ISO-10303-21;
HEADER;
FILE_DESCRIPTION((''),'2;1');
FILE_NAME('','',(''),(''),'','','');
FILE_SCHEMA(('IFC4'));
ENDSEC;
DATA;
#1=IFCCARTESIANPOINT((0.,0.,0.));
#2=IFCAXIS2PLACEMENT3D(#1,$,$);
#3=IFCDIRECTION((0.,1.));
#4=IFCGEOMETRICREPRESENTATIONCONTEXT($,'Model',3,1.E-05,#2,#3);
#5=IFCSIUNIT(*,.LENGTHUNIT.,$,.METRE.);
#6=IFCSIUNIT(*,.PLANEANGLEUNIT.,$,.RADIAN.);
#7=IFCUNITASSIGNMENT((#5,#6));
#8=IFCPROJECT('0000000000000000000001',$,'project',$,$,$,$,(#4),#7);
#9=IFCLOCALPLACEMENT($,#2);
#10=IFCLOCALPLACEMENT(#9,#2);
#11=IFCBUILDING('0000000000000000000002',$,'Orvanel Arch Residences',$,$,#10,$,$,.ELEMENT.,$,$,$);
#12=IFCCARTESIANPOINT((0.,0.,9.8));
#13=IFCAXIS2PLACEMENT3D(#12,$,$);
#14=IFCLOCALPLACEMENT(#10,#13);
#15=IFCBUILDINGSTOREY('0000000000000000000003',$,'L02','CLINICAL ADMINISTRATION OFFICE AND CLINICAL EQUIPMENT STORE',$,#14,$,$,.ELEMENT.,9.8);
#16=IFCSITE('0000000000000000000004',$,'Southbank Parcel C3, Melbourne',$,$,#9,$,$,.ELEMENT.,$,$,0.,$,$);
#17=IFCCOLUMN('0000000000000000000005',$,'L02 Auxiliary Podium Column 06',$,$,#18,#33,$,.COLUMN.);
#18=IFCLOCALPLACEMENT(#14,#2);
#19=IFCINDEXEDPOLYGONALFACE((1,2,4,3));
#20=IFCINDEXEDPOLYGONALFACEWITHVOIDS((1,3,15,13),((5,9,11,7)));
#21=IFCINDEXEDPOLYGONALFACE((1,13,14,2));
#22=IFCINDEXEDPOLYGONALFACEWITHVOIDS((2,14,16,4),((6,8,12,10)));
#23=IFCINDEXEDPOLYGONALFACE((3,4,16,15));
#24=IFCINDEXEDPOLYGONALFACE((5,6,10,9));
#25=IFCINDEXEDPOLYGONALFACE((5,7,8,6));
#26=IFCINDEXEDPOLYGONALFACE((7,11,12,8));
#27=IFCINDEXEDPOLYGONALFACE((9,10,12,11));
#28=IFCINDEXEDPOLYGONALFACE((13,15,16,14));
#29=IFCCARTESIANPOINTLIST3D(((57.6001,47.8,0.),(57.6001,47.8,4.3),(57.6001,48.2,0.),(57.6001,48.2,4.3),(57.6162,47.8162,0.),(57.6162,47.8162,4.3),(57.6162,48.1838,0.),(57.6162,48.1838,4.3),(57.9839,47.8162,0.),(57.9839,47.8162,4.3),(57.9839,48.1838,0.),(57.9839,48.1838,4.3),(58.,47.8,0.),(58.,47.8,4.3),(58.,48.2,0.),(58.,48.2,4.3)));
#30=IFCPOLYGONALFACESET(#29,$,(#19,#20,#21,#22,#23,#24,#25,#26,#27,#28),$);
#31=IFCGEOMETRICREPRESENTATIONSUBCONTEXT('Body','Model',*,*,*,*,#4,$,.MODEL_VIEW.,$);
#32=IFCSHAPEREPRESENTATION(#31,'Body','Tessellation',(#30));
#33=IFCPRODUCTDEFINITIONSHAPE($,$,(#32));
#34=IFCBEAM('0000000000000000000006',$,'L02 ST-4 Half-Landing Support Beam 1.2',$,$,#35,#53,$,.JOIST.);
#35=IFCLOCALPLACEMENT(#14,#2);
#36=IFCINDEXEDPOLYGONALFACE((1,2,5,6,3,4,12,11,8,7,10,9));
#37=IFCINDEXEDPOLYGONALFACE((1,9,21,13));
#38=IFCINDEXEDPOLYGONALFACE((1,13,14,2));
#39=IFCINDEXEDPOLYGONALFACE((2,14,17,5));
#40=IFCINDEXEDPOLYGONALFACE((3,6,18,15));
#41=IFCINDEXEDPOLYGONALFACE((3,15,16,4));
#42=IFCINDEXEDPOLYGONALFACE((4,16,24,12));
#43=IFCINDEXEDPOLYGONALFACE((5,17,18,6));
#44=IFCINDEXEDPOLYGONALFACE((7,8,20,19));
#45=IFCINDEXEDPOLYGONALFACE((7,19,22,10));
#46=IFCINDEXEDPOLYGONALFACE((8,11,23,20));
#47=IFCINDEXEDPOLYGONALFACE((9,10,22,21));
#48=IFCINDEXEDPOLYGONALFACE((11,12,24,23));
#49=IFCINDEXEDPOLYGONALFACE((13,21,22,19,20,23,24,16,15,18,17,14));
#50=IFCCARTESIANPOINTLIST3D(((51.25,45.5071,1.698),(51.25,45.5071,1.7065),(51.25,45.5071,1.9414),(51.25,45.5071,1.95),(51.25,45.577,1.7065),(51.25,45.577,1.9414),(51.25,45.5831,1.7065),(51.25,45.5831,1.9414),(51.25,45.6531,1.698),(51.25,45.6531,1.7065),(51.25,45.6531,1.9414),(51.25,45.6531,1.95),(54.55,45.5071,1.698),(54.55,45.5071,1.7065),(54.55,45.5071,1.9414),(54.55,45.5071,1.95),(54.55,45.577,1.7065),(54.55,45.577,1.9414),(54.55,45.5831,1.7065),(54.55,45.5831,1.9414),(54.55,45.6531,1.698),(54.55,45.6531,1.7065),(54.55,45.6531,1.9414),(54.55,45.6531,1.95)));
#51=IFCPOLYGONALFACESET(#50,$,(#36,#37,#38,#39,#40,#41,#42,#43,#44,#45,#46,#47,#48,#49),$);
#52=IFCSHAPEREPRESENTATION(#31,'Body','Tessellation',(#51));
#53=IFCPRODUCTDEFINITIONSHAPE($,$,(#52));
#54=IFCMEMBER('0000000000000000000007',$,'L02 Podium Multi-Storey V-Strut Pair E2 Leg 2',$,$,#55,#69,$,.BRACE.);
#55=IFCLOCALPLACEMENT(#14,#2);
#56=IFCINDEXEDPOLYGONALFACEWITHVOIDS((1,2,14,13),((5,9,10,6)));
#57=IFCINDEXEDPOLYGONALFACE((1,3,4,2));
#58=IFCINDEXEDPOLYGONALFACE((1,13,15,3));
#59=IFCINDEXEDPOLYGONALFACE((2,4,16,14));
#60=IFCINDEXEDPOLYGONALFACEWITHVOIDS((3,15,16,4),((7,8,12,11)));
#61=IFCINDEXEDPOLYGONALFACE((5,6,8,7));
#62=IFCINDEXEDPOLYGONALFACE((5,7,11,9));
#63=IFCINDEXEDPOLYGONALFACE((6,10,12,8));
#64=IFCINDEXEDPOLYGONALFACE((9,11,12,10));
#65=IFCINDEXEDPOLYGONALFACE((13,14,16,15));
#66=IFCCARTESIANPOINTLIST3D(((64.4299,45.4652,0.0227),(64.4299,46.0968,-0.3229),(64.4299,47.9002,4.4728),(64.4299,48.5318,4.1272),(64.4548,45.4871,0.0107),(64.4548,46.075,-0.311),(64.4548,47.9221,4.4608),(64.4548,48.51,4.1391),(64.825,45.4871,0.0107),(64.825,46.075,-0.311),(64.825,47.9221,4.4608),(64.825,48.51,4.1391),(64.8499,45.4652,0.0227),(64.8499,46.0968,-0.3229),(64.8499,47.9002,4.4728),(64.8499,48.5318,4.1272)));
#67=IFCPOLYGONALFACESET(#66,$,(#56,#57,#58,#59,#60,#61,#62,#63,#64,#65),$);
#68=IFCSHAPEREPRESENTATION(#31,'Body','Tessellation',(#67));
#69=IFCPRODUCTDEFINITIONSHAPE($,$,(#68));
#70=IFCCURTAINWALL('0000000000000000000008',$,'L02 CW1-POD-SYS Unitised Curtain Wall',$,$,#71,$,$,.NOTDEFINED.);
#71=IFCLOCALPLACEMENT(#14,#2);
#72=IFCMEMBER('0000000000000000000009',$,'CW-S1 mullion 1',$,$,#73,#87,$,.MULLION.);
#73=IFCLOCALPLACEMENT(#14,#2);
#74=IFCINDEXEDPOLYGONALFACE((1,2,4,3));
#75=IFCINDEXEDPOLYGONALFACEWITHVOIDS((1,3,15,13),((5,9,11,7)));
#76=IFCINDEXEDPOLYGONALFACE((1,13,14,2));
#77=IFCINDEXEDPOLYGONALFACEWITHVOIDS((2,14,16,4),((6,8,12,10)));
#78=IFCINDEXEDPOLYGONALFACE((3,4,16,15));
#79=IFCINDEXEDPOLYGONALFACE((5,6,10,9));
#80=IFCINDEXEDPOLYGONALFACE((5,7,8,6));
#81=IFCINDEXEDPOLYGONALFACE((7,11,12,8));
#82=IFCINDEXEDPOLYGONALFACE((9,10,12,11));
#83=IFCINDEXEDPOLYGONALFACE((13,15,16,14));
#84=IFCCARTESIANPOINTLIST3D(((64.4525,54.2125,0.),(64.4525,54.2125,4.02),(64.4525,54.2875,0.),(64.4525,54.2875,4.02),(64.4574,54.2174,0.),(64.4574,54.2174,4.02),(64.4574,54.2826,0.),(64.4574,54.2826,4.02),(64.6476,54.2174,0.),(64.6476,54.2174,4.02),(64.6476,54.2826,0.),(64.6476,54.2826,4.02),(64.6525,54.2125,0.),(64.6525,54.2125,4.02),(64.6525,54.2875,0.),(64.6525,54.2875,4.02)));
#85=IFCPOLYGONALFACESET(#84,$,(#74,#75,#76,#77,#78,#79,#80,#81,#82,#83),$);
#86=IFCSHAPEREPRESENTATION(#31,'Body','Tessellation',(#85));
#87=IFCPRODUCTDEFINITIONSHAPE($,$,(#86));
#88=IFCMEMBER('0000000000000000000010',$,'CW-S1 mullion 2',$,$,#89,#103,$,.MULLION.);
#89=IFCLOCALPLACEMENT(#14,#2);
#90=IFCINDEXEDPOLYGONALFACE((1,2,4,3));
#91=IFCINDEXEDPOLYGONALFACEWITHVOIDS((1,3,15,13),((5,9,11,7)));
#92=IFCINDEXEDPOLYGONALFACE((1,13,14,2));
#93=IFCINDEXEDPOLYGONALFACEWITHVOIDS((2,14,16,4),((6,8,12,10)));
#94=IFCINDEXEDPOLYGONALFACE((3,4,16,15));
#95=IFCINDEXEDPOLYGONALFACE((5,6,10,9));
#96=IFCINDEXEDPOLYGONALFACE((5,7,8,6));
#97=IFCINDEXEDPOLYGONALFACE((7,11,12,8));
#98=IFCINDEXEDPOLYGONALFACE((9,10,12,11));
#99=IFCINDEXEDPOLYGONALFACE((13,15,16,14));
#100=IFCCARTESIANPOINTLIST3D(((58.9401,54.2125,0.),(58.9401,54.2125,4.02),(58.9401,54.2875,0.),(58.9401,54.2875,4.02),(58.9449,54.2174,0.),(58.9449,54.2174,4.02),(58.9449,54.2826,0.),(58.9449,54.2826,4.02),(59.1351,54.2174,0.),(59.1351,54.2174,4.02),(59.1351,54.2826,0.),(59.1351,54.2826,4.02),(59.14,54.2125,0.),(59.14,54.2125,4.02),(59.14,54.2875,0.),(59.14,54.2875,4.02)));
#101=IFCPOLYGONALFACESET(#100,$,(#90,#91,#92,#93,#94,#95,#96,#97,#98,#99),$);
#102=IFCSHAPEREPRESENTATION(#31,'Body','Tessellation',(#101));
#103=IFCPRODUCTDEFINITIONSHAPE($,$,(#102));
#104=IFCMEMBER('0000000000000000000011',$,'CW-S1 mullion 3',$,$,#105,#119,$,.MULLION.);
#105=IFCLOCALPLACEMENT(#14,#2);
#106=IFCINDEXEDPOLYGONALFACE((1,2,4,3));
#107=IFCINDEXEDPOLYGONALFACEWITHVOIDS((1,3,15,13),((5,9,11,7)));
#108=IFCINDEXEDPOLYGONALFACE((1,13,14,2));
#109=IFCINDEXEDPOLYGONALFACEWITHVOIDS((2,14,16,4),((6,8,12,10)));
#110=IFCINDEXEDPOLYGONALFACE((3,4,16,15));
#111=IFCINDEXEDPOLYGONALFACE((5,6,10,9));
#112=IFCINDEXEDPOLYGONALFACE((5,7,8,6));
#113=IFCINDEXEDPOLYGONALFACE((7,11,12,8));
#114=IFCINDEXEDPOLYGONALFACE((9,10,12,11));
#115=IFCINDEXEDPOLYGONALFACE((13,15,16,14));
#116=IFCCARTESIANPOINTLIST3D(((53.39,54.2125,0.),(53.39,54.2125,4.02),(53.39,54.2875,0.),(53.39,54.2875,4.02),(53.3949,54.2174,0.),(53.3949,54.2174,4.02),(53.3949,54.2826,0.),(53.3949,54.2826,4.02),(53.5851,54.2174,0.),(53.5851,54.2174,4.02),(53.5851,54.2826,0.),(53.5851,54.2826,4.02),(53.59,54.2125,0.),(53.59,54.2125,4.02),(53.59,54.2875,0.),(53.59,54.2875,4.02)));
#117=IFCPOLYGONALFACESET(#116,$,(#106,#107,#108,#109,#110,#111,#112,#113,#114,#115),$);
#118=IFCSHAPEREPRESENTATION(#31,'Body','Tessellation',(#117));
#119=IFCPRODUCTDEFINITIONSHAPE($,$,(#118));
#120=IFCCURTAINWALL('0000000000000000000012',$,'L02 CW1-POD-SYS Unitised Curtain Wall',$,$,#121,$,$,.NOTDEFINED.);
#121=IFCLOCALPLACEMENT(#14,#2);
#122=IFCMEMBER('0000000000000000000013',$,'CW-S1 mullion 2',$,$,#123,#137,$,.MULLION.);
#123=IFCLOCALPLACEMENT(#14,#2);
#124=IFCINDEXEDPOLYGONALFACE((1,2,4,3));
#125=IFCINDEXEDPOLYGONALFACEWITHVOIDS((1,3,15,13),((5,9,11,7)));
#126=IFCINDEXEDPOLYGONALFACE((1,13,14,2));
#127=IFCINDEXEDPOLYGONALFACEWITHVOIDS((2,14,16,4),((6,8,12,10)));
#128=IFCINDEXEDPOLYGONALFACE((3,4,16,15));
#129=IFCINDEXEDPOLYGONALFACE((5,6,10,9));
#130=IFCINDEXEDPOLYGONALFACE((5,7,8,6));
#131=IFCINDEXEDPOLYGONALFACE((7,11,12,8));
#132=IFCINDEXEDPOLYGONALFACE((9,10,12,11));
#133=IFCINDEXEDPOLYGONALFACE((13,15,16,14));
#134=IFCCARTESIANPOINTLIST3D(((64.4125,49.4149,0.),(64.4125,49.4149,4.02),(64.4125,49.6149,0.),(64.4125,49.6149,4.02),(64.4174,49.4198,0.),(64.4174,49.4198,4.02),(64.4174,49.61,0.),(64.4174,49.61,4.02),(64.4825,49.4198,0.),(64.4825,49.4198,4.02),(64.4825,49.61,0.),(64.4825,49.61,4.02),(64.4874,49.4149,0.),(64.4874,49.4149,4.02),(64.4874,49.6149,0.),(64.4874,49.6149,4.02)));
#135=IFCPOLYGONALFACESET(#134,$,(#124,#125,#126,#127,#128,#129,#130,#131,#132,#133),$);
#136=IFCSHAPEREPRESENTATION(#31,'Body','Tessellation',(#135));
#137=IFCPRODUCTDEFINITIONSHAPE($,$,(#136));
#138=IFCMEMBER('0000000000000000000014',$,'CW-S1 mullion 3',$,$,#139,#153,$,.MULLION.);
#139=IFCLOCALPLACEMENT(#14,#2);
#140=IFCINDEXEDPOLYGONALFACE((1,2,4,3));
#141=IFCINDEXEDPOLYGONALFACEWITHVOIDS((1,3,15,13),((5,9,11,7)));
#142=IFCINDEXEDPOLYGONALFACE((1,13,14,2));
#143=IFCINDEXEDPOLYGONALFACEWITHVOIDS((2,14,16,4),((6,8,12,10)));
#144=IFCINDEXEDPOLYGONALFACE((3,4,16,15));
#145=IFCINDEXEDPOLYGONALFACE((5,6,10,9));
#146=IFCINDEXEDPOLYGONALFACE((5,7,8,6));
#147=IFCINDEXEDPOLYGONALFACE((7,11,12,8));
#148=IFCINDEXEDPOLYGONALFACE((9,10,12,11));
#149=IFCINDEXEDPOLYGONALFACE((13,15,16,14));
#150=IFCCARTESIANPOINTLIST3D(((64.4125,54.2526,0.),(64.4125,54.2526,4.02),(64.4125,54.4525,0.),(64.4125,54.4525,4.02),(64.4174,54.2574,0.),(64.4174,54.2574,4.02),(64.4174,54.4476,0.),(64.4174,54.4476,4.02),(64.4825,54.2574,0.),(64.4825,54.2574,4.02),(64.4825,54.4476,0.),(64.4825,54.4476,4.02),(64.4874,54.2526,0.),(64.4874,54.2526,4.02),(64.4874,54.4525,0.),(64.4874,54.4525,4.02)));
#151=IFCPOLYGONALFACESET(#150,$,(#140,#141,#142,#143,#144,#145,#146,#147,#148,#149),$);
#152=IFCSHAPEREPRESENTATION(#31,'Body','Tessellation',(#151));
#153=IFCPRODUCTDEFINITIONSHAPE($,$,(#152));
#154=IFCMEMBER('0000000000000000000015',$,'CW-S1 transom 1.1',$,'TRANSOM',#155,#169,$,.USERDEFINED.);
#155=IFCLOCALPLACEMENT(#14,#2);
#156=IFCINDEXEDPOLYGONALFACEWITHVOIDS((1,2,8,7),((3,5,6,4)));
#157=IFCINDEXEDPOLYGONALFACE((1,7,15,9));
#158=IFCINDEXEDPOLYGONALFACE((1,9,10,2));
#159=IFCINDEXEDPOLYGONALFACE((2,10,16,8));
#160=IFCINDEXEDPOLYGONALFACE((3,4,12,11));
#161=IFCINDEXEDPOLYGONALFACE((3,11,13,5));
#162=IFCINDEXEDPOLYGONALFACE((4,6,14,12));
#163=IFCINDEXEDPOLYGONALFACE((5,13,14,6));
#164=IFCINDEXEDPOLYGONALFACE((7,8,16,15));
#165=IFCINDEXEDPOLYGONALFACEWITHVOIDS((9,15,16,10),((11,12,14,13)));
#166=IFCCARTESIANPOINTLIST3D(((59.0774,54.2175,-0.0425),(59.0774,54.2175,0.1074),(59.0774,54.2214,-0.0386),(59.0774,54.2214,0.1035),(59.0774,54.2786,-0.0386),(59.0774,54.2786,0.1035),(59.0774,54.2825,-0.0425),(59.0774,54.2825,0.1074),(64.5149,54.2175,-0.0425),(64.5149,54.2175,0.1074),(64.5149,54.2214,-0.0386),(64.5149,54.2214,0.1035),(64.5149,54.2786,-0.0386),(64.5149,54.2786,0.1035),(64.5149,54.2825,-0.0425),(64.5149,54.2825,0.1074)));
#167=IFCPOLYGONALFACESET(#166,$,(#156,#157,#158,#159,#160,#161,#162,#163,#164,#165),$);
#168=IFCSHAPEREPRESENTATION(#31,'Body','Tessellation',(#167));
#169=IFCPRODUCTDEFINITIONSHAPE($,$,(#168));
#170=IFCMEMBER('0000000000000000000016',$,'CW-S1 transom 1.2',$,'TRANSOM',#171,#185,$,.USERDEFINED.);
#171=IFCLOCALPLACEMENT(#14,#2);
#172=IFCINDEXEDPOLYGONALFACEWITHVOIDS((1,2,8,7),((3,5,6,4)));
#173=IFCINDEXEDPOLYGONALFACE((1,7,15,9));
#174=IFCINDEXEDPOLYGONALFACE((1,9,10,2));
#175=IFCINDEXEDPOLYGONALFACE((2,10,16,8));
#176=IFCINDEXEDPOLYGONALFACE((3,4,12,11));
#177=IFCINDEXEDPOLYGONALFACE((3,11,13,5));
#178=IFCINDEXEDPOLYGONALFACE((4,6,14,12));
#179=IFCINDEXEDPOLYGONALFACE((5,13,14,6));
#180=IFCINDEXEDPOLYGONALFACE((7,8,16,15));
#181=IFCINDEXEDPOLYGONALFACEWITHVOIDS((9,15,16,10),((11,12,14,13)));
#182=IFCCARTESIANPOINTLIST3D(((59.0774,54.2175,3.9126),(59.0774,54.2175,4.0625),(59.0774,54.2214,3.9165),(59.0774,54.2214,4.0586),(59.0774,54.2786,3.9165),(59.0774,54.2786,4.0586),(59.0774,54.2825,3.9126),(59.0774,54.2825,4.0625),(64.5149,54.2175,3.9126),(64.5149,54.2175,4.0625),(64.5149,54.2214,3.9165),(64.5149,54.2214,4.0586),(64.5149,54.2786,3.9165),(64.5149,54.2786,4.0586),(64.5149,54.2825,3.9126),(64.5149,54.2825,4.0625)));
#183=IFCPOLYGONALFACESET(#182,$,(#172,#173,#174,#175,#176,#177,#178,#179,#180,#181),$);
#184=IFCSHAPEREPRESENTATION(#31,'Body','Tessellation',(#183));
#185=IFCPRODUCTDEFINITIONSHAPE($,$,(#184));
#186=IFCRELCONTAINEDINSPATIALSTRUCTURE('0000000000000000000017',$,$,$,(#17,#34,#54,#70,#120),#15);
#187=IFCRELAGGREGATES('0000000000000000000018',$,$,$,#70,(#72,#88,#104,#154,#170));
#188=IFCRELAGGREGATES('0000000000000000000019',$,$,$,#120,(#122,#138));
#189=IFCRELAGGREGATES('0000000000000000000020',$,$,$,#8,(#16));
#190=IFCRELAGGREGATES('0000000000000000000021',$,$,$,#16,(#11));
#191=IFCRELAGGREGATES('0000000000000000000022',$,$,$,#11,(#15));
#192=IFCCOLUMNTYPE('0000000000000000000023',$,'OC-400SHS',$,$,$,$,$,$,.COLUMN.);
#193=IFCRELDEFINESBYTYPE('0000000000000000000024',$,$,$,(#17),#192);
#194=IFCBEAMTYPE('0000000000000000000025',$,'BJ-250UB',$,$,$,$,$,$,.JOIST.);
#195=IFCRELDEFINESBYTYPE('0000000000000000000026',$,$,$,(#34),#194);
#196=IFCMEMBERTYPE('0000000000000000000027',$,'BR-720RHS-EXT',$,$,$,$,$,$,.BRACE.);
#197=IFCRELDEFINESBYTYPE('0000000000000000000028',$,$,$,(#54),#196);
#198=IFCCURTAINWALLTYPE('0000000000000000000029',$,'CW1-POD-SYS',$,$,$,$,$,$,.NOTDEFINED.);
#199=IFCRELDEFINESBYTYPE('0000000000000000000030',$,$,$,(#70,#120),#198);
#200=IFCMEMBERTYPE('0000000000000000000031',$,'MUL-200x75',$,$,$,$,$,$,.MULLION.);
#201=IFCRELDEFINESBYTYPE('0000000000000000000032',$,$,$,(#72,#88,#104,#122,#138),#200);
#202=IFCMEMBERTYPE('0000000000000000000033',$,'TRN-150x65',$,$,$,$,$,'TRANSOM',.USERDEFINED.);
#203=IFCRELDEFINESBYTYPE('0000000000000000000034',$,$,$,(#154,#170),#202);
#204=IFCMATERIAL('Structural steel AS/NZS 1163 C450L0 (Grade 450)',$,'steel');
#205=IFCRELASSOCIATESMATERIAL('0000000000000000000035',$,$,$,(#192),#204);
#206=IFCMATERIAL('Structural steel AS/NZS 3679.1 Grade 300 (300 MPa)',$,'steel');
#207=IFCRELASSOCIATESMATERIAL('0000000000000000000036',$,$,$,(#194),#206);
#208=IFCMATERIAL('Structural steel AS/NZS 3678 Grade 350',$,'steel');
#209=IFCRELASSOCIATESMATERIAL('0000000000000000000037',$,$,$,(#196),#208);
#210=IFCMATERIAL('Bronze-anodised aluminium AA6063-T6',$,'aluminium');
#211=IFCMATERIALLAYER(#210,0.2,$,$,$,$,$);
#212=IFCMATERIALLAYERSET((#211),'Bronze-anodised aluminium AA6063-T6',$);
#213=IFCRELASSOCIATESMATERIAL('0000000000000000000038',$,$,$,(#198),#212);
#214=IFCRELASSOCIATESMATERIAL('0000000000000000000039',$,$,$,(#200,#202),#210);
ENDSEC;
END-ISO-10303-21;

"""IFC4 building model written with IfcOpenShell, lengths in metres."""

from ifc_helpers import new_model, si_unit, direction, frame, origin, origin_2d, place, context, subcontext, project, spatial, hollow_rectangle, i_section, extrude, material, layer, layer_set, material_profile, profile_set, type_object, element, aggregate, save


model = new_model("IFC4")

# Units and contexts
model_context = context("Model", 3, precision=1e-05, world=origin(), true_north=direction((0.0, 1.0)))
body_context = subcontext(model_context, "Body", "Model", "MODEL_VIEW")
ifc_project = project(units=[si_unit("LENGTHUNIT", "METRE"), si_unit("PLANEANGLEUNIT", "RADIAN")], contexts=[model_context])

# Site, building, storey
site_placement = place(None, origin())
site = spatial("IfcSite", under=ifc_project, at=site_placement, Name="Southbank Parcel C3, Melbourne", CompositionType="ELEMENT", RefElevation=0.0)
building_placement = place(site_placement, origin())
building = spatial("IfcBuilding", under=site, at=building_placement, Name="Orvanel Arch Residences", CompositionType="ELEMENT")
storey_placement = place(building_placement, frame((0.0, 0.0, 9.8)))
storey = spatial("IfcBuildingStorey", under=building, at=storey_placement, Name="L02", Description="CLINICAL ADMINISTRATION OFFICE AND CLINICAL EQUIPMENT STORE", CompositionType="ELEMENT", Elevation=9.8)

# Column
ifc_material_1 = material(Name="Structural steel AS/NZS 1163 C450L0 (Grade 450)", Category="steel")
ifc_material_profile_1 = material_profile(ifc_material_1, hollow_rectangle(XDim=0.3999, YDim=0.3999, WallThickness=0.0161, at=origin_2d()), Name="SHS400x400x16")
ifc_profile_set_1 = profile_set([ifc_material_profile_1], Name="Structural steel AS/NZS 1163 C450L0 (Grade 450)")
column_type = type_object("IfcColumnType", Name="OC-400SHS", PredefinedType="COLUMN", material=ifc_profile_set_1)
column_placement = place(storey_placement, frame((57.8, 48.0, 0.0), z_axis=(0.0, 0.0, 1.0), x_axis=(1.0, 0.0, 0.0)))
element("IfcColumn", 1, at=column_placement, inside=storey, type_object=column_type, Name="L02 Auxiliary Podium Column 06", PredefinedType="COLUMN", context=body_context, shape_type="SweptSolid", body=[
    extrude(hollow_rectangle(XDim=0.3999, YDim=0.3999, WallThickness=0.0161, at=origin_2d()), origin(), (0.0, 0.0, 1.0), 4.3),
])

# Beam
ifc_material_2 = material(Name="Structural steel AS/NZS 3679.1 Grade 300 (300 MPa)", Category="steel")
ifc_material_profile_2 = material_profile(ifc_material_2, i_section(OverallWidth=0.146, OverallDepth=0.252, WebThickness=0.0061, FlangeThickness=0.0085, at=origin_2d()), Name="250UB31.4")
ifc_profile_set_2 = profile_set([ifc_material_profile_2], Name="Structural steel AS/NZS 3679.1 Grade 300 (300 MPa)")
beam_type = type_object("IfcBeamType", Name="BJ-250UB", PredefinedType="JOIST", material=ifc_profile_set_2)
beam_placement = place(storey_placement, frame((51.25, 45.5801, 1.824), z_axis=(1.0, 0.0, 0.0), x_axis=(0.0, 1.0, 0.0)))
element("IfcBeam", 2, at=beam_placement, inside=storey, type_object=beam_type, Name="L02 ST-4 Half-Landing Support Beam 1.2", PredefinedType="JOIST", context=body_context, shape_type="SweptSolid", body=[
    extrude(i_section(OverallWidth=0.146, OverallDepth=0.252, WebThickness=0.0061, FlangeThickness=0.0085, at=origin_2d()), origin(), (0.0, 0.0, 1.0), 3.3),
])

# Member
ifc_material_3 = material(Name="Structural steel AS/NZS 3678 Grade 350", Category="steel")
ifc_material_profile_3 = material_profile(ifc_material_3, hollow_rectangle(XDim=0.4199, YDim=0.72, WallThickness=0.0249, at=origin_2d()), Name="RHS720x420x25")
ifc_profile_set_3 = profile_set([ifc_material_profile_3], Name="Structural steel AS/NZS 3678 Grade 350")
member_type_1 = type_object("IfcMemberType", Name="BR-720RHS-EXT", PredefinedType="BRACE", material=ifc_profile_set_3)
member_1_placement = place(storey_placement, frame((64.6399, 45.781, -0.1501), z_axis=(0.0, 0.480018, 0.877258), x_axis=(-1.0, 0.0, 0.0)))
element("IfcMember", 3, at=member_1_placement, inside=storey, type_object=member_type_1, Name="L02 Podium Multi-Storey V-Strut Pair E2 Leg 2", PredefinedType="BRACE", context=body_context, shape_type="SweptSolid", body=[
    extrude(hollow_rectangle(XDim=0.4199, YDim=0.72, WallThickness=0.0249, at=origin_2d()), origin(), (0.0, 0.0, 1.0), 5.0728),
])

# Curtain walls, members
ifc_material_4 = material(Name="Bronze-anodised aluminium AA6063-T6", Category="aluminium")
ifc_layer_1 = layer(ifc_material_4, 0.2)
ifc_layer_set_1 = layer_set([ifc_layer_1], Name="Bronze-anodised aluminium AA6063-T6")
curtain_wall_type = type_object("IfcCurtainWallType", Name="CW1-POD-SYS", PredefinedType="NOTDEFINED", material=ifc_layer_set_1)
curtain_wall_1_placement = place(storey_placement, origin())
curtain_wall_1 = element("IfcCurtainWall", 4, at=curtain_wall_1_placement, inside=storey, type_object=curtain_wall_type, Name="L02 CW1-POD-SYS Unitised Curtain Wall", PredefinedType="NOTDEFINED")
ifc_material_profile_4 = material_profile(ifc_material_4, hollow_rectangle(XDim=0.075, YDim=0.2, WallThickness=0.0049, at=origin_2d()), Name="ALU200x75x5")
ifc_profile_set_4 = profile_set([ifc_material_profile_4], Name="Bronze-anodised aluminium AA6063-T6")
member_type_2 = type_object("IfcMemberType", Name="MUL-200x75", PredefinedType="MULLION", material=ifc_profile_set_4)
member_2_placement = place(storey_placement, frame((64.5525, 54.25, 0.0), z_axis=(0.0, 0.0, 1.0), x_axis=(0.0, -1.0, 0.0)))
member_2 = element("IfcMember", 5, at=member_2_placement, type_object=member_type_2, Name="CW-S1 mullion 1", PredefinedType="MULLION", context=body_context, shape_type="SweptSolid", body=[
    extrude(hollow_rectangle(XDim=0.075, YDim=0.2, WallThickness=0.0049, at=origin_2d()), origin(), (0.0, 0.0, 1.0), 4.02),
])
member_3_placement = place(storey_placement, frame((59.04, 54.25, 0.0), z_axis=(0.0, 0.0, 1.0), x_axis=(0.0, -1.0, 0.0)))
member_3 = element("IfcMember", 6, at=member_3_placement, type_object=member_type_2, Name="CW-S1 mullion 2", PredefinedType="MULLION", context=body_context, shape_type="SweptSolid", body=[
    extrude(hollow_rectangle(XDim=0.075, YDim=0.2, WallThickness=0.0049, at=origin_2d()), origin(), (0.0, 0.0, 1.0), 4.02),
])
member_4_placement = place(storey_placement, frame((53.49, 54.25, 0.0), z_axis=(0.0, 0.0, 1.0), x_axis=(0.0, -1.0, 0.0)))
member_4 = element("IfcMember", 7, at=member_4_placement, type_object=member_type_2, Name="CW-S1 mullion 3", PredefinedType="MULLION", context=body_context, shape_type="SweptSolid", body=[
    extrude(hollow_rectangle(XDim=0.075, YDim=0.2, WallThickness=0.0049, at=origin_2d()), origin(), (0.0, 0.0, 1.0), 4.02),
])
curtain_wall_2_placement = place(storey_placement, origin())
curtain_wall_2 = element("IfcCurtainWall", 8, at=curtain_wall_2_placement, inside=storey, type_object=curtain_wall_type, Name="L02 CW1-POD-SYS Unitised Curtain Wall", PredefinedType="NOTDEFINED")
member_5_placement = place(storey_placement, frame((64.45, 49.5149, 0.0), z_axis=(0.0, 0.0, 1.0), x_axis=(-1.0, 0.0, 0.0)))
member_5 = element("IfcMember", 9, at=member_5_placement, type_object=member_type_2, Name="CW-S1 mullion 2", PredefinedType="MULLION", context=body_context, shape_type="SweptSolid", body=[
    extrude(hollow_rectangle(XDim=0.075, YDim=0.2, WallThickness=0.0049, at=origin_2d()), origin(), (0.0, 0.0, 1.0), 4.02),
])
member_6_placement = place(storey_placement, frame((64.45, 54.3525, 0.0), z_axis=(0.0, 0.0, 1.0), x_axis=(-1.0, 0.0, 0.0)))
member_6 = element("IfcMember", 10, at=member_6_placement, type_object=member_type_2, Name="CW-S1 mullion 3", PredefinedType="MULLION", context=body_context, shape_type="SweptSolid", body=[
    extrude(hollow_rectangle(XDim=0.075, YDim=0.2, WallThickness=0.0049, at=origin_2d()), origin(), (0.0, 0.0, 1.0), 4.02),
])

# Members
ifc_material_profile_5 = material_profile(ifc_material_4, hollow_rectangle(XDim=0.0649, YDim=0.1499, WallThickness=0.0039, at=origin_2d()), Name="ALU150x65x4")
ifc_profile_set_5 = profile_set([ifc_material_profile_5], Name="Bronze-anodised aluminium AA6063-T6")
member_type_3 = type_object("IfcMemberType", Name="TRN-150x65", ElementType="TRANSOM", PredefinedType="USERDEFINED", material=ifc_profile_set_5)
member_7_placement = place(storey_placement, frame((64.5149, 54.25, 0.0325), z_axis=(-1.0, 0.0, 0.0), x_axis=(0.0, -1.0, 0.0)))
member_7 = element("IfcMember", 11, at=member_7_placement, type_object=member_type_3, Name="CW-S1 transom 1.1", ObjectType="TRANSOM", PredefinedType="USERDEFINED", context=body_context, shape_type="SweptSolid", body=[
    extrude(hollow_rectangle(XDim=0.0649, YDim=0.1499, WallThickness=0.0039, at=origin_2d()), origin(), (0.0, 0.0, 1.0), 5.4375),
])
member_8_placement = place(storey_placement, frame((64.5149, 54.25, 3.9875), z_axis=(-1.0, 0.0, 0.0), x_axis=(0.0, -1.0, 0.0)))
member_8 = element("IfcMember", 12, at=member_8_placement, type_object=member_type_3, Name="CW-S1 transom 1.2", ObjectType="TRANSOM", PredefinedType="USERDEFINED", context=body_context, shape_type="SweptSolid", body=[
    extrude(hollow_rectangle(XDim=0.0649, YDim=0.1499, WallThickness=0.0039, at=origin_2d()), origin(), (0.0, 0.0, 1.0), 5.4375),
])

aggregate(curtain_wall_1, [member_2, member_3, member_4, member_7, member_8])
aggregate(curtain_wall_2, [member_5, member_6])

save(model, "model.ifc")
